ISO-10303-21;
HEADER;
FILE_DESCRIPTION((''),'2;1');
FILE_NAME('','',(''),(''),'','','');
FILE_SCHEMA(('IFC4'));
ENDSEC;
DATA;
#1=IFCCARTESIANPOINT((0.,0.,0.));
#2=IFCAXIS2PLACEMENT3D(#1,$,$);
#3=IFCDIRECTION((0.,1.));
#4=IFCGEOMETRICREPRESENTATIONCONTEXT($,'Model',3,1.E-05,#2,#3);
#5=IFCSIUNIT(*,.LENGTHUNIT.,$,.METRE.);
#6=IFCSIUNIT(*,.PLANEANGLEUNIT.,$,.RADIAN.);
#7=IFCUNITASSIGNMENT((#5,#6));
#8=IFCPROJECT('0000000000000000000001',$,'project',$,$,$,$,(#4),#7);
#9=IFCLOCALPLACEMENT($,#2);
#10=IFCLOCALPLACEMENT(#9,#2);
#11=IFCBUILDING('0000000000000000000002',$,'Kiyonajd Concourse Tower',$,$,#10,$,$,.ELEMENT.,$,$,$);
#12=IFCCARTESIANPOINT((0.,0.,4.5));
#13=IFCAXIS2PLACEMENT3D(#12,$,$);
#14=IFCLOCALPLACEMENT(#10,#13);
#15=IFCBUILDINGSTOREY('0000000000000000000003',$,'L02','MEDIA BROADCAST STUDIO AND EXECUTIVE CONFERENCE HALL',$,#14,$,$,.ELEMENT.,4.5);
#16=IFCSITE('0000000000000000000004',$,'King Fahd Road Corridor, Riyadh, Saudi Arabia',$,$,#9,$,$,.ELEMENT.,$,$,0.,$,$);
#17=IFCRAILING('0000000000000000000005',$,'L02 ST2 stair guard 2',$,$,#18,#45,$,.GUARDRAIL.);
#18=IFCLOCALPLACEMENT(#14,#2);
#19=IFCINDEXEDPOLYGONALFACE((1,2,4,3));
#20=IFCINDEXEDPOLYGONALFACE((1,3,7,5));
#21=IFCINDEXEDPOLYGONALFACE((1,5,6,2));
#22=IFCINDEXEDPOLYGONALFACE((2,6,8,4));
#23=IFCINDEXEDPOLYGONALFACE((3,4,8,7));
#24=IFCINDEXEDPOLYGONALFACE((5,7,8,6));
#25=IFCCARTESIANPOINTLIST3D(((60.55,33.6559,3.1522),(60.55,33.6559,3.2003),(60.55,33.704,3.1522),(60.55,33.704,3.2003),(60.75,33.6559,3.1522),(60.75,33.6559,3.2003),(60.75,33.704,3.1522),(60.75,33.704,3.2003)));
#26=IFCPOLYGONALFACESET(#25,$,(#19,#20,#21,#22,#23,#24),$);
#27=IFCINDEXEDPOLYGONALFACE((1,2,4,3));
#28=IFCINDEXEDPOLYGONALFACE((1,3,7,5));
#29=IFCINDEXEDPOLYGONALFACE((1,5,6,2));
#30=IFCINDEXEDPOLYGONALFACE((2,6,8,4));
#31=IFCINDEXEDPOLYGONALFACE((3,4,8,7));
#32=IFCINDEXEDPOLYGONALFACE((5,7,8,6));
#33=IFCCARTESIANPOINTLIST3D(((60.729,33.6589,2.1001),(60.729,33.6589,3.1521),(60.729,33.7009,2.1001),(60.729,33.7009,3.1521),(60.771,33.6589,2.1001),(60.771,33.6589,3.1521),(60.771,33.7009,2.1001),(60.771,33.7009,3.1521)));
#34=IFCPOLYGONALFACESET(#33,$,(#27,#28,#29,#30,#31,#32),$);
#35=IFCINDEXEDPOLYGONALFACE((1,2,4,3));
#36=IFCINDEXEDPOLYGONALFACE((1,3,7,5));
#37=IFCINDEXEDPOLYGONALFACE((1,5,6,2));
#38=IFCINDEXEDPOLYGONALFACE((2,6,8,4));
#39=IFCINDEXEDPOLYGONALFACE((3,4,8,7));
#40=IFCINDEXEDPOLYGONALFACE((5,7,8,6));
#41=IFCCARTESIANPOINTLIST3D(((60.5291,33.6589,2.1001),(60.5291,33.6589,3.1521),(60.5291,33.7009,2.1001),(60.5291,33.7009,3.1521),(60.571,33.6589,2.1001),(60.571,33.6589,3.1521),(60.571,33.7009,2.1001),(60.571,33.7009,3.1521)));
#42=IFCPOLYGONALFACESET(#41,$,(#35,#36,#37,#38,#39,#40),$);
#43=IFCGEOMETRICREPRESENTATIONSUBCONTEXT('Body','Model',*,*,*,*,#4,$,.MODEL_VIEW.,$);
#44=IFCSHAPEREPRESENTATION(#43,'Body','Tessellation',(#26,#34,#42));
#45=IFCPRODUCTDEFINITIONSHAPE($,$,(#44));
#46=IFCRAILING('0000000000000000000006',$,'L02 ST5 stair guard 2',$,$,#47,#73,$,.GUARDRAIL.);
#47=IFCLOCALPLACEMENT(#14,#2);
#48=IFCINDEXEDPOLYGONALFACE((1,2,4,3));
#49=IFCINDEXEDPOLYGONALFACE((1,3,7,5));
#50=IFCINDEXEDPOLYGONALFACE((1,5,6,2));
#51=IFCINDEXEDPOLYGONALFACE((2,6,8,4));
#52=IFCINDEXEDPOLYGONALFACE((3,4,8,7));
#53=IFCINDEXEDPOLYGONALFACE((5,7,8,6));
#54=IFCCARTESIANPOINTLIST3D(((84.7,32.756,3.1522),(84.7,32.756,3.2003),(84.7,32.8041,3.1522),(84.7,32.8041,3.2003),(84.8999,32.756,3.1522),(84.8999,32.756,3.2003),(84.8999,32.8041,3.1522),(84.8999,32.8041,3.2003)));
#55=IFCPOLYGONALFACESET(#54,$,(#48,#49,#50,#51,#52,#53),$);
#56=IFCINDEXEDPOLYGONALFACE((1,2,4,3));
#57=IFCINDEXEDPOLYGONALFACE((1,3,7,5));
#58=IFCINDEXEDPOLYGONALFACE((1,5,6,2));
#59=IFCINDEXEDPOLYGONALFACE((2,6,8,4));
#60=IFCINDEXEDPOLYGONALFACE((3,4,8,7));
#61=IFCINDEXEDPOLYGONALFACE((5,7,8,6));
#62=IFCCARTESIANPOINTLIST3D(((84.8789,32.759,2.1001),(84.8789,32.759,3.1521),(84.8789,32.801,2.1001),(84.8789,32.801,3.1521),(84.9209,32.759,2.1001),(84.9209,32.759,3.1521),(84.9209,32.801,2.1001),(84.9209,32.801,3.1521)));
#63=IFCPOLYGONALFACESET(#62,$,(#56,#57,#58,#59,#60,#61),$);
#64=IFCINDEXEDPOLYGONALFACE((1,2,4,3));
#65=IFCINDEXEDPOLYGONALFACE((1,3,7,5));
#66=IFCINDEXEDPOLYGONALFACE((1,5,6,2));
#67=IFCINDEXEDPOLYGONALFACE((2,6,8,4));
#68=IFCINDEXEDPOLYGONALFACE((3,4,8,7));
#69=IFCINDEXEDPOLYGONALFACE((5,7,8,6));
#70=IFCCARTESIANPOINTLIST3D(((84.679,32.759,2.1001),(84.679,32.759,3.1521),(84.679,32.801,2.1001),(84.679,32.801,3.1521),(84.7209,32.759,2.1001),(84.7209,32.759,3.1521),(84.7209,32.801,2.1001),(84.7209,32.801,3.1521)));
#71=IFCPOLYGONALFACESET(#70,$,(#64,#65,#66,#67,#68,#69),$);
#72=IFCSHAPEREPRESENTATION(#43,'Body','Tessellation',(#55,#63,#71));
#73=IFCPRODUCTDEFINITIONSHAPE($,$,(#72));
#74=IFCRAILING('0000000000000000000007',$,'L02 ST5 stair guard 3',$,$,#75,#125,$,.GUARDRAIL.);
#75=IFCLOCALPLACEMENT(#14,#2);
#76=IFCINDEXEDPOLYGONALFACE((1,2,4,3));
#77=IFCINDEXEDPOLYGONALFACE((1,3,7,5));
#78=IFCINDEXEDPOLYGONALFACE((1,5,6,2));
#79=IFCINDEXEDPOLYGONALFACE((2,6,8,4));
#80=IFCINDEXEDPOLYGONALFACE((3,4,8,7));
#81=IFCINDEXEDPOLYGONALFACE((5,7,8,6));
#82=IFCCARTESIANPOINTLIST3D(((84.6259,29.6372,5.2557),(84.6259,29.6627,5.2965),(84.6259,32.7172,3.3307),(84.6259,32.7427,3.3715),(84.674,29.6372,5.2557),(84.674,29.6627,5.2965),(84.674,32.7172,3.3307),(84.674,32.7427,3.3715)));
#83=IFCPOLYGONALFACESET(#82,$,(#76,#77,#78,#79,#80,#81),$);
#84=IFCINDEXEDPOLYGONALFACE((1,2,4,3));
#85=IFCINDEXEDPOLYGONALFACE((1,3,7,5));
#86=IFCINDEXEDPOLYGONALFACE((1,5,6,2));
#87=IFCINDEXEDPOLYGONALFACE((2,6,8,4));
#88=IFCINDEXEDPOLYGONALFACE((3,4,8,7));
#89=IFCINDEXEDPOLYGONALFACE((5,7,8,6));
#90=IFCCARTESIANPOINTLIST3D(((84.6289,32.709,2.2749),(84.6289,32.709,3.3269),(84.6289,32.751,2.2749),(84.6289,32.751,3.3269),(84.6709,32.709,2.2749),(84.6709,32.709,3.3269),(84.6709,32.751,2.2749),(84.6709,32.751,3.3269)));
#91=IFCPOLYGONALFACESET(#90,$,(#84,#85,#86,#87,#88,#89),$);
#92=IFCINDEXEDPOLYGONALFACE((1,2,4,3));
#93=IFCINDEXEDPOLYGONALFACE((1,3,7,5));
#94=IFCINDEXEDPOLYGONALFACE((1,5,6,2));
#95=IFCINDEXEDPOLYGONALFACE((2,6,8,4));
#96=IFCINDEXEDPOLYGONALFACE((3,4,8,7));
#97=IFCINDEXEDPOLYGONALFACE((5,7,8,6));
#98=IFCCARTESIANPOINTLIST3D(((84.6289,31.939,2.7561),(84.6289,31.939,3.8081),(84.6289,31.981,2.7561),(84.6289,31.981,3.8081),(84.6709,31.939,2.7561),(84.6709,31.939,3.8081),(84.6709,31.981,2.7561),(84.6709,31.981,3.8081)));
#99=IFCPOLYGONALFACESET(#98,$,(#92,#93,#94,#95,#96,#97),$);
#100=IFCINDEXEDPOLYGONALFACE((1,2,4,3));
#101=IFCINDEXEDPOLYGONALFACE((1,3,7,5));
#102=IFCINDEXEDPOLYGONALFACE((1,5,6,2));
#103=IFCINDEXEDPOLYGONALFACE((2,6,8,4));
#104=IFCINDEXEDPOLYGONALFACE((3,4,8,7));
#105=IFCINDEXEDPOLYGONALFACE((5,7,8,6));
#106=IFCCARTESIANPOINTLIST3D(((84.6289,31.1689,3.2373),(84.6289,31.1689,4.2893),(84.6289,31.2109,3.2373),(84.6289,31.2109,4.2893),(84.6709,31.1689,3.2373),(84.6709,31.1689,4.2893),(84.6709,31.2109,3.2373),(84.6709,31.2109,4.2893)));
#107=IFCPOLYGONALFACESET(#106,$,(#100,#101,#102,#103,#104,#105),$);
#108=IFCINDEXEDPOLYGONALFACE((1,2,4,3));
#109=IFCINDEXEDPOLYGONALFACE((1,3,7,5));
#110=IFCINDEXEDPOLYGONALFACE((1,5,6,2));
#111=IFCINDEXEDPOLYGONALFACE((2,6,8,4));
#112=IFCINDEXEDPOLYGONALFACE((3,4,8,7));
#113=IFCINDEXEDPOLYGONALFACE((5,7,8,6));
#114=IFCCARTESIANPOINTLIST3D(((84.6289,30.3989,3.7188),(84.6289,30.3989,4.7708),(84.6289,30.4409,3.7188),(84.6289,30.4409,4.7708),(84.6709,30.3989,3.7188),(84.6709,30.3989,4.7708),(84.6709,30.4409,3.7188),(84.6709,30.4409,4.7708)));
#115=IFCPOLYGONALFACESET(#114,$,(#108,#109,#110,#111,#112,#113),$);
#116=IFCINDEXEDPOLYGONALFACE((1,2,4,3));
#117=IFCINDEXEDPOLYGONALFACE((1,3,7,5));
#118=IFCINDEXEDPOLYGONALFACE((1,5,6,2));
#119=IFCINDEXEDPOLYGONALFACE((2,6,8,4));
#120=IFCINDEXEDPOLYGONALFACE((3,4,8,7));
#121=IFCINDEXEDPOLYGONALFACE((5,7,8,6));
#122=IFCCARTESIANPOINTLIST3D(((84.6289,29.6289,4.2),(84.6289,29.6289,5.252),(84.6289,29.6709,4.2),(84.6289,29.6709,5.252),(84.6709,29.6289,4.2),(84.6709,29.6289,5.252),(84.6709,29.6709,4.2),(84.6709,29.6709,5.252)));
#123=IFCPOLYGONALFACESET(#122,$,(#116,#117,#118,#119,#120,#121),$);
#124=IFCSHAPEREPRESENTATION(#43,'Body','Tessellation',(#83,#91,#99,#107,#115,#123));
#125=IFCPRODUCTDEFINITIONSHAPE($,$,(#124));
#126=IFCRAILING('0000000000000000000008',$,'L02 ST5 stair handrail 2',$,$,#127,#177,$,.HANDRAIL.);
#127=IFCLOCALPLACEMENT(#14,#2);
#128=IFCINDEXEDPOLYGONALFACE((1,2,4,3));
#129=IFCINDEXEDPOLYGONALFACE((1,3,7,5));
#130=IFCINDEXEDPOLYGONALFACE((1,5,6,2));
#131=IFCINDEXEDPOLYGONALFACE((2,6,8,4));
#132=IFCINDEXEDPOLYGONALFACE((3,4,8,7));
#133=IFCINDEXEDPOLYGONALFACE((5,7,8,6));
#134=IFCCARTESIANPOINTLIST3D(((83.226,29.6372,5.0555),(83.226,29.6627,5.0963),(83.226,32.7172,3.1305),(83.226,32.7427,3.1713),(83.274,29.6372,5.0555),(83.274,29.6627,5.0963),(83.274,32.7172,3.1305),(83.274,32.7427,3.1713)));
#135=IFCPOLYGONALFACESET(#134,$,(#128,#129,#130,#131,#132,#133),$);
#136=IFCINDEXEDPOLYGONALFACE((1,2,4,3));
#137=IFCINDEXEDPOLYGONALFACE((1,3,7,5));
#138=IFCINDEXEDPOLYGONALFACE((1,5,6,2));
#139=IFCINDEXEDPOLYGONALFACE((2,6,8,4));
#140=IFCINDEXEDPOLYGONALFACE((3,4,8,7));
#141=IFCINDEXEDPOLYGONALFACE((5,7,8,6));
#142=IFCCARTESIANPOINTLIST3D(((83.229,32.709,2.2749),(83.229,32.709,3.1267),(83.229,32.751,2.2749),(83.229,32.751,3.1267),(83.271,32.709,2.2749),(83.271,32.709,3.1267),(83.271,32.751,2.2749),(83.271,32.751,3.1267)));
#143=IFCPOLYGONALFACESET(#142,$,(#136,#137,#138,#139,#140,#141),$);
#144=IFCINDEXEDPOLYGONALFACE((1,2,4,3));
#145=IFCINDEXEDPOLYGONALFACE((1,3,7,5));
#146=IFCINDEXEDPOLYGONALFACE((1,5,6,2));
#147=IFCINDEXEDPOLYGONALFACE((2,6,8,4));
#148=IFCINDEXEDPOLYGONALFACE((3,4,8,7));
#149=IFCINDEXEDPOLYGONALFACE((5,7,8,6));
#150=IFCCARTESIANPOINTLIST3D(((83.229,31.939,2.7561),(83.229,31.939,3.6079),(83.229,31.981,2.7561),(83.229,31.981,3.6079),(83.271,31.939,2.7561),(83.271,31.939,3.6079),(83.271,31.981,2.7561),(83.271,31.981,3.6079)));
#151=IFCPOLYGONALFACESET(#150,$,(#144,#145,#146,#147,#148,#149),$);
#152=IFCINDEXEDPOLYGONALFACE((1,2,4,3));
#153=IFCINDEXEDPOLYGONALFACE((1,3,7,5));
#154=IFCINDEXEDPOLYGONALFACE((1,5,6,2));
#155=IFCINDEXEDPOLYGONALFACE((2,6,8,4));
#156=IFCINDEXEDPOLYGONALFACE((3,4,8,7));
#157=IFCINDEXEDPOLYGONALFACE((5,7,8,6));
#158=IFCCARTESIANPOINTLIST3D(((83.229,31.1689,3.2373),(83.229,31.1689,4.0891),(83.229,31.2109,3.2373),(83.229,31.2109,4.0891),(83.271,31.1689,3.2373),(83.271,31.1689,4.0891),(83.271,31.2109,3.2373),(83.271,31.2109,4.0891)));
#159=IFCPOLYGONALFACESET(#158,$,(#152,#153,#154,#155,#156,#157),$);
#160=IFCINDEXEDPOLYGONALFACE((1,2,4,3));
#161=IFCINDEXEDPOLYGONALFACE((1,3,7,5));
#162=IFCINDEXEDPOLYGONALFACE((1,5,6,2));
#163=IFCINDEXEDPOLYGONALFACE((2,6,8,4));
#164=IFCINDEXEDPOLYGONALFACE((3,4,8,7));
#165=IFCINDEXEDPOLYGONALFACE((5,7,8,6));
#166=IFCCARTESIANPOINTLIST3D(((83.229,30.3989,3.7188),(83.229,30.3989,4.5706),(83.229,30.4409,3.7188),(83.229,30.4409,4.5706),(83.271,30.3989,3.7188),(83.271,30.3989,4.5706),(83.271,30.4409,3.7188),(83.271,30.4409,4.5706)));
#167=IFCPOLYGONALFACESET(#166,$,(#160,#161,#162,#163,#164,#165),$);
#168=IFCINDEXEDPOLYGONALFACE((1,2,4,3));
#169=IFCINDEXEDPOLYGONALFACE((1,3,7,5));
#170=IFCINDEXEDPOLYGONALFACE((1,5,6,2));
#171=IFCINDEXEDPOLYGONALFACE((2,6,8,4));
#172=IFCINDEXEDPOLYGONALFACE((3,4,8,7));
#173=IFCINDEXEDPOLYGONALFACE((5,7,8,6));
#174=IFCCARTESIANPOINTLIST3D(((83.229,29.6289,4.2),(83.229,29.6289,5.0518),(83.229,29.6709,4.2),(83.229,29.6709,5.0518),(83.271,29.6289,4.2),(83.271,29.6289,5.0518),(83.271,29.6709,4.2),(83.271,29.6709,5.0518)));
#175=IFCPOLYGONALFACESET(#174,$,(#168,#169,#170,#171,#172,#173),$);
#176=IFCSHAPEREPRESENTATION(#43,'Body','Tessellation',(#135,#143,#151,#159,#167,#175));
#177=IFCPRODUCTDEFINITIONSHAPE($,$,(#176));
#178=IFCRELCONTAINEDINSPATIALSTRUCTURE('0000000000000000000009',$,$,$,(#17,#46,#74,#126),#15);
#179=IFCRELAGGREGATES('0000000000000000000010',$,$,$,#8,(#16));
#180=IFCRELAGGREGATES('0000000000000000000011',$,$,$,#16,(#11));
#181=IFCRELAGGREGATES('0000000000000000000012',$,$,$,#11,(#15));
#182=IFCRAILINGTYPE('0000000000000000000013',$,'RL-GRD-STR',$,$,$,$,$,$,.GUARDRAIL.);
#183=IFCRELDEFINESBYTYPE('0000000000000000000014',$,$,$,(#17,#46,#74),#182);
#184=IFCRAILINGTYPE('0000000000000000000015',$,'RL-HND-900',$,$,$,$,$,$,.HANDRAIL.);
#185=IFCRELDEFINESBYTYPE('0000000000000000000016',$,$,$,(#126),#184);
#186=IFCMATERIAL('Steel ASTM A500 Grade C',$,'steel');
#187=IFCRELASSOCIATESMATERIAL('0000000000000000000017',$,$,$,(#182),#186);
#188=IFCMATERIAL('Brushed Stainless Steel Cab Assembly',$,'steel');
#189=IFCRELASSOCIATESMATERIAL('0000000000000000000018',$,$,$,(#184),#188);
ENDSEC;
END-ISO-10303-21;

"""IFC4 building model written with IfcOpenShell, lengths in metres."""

from ifc_helpers import new_model, si_unit, direction, frame, origin, origin_2d, place, context, subcontext, project, spatial, rectangle, extrude, material, type_object, element, save


model = new_model("IFC4")

# Units and contexts
model_context = context("Model", 3, precision=1e-05, world=origin(), true_north=direction((0.0, 1.0)))
body_context = subcontext(model_context, "Body", "Model", "MODEL_VIEW")
ifc_project = project(units=[si_unit("LENGTHUNIT", "METRE"), si_unit("PLANEANGLEUNIT", "RADIAN")], contexts=[model_context])

# Site, building, storey
site_placement = place(None, origin())
site = spatial("IfcSite", under=ifc_project, at=site_placement, Name="King Fahd Road Corridor, Riyadh, Saudi Arabia", CompositionType="ELEMENT", RefElevation=0.0)
building_placement = place(site_placement, origin())
building = spatial("IfcBuilding", under=site, at=building_placement, Name="Kiyonajd Concourse Tower", CompositionType="ELEMENT")
storey_placement = place(building_placement, frame((0.0, 0.0, 4.5)))
storey = spatial("IfcBuildingStorey", under=building, at=storey_placement, Name="L02", Description="MEDIA BROADCAST STUDIO AND EXECUTIVE CONFERENCE HALL", CompositionType="ELEMENT", Elevation=4.5)

# Railings
ifc_material_1 = material(Name="Steel ASTM A500 Grade C", Category="steel")
railing_type_1 = type_object("IfcRailingType", Name="RL-GRD-STR", PredefinedType="GUARDRAIL", material=ifc_material_1)
for number, where, name in (
    (1, (60.75, 33.6799, 2.1001), "L02 ST2 stair guard 2"),
    (2, (84.8999, 32.78, 2.1001), "L02 ST5 stair guard 2"),
):
    element("IfcRailing", number, at=place(storey_placement, frame(where)), inside=storey, type_object=railing_type_1, Name=name, PredefinedType="GUARDRAIL", context=body_context, shape_type="SweptSolid", body=[
        extrude(rectangle(XDim=0.0481, YDim=0.0481, at=origin_2d()), frame((0.0, 0.0, 1.0762), z_axis=(-1.0, 0.0, 0.0), x_axis=(0.0, -1.0, 0.0)), (0.0, 0.0, 1.0), 0.2),
        extrude(rectangle(XDim=0.042, YDim=0.042, at=origin_2d()), origin(), (0.0, 0.0, 1.0), 1.052),
        extrude(rectangle(XDim=0.042, YDim=0.042, at=origin_2d()), frame((-0.2, 0.0, 0.0)), (0.0, 0.0, 1.0), 1.052),
    ])
railing_1_placement = place(storey_placement, frame((84.6499, 32.73, 2.2749)))
element("IfcRailing", 3, at=railing_1_placement, inside=storey, type_object=railing_type_1, Name="L02 ST5 stair guard 3", PredefinedType="GUARDRAIL", context=body_context, shape_type="SweptSolid", body=[
    extrude(rectangle(XDim=0.0481, YDim=0.0481, at=origin_2d()), frame((0.0, 0.0, 1.0762), z_axis=(0.0, -0.847998, 0.529999), x_axis=(1.0, 0.0, 0.0)), (0.0, 0.0, 1.0), 3.6321),
    extrude(rectangle(XDim=0.042, YDim=0.042, at=origin_2d()), origin(), (0.0, 0.0, 1.0), 1.052),
    extrude(rectangle(XDim=0.042, YDim=0.042, at=origin_2d()), frame((0.0, -0.77, 0.4812)), (0.0, 0.0, 1.0), 1.052),
    extrude(rectangle(XDim=0.042, YDim=0.042, at=origin_2d()), frame((0.0, -1.54, 0.9624)), (0.0, 0.0, 1.0), 1.052),
    extrude(rectangle(XDim=0.042, YDim=0.042, at=origin_2d()), frame((0.0, -2.3101, 1.4438)), (0.0, 0.0, 1.0), 1.052),
    extrude(rectangle(XDim=0.042, YDim=0.042, at=origin_2d()), frame((0.0, -3.0801, 1.925)), (0.0, 0.0, 1.0), 1.052),
])
ifc_material_2 = material(Name="Brushed Stainless Steel Cab Assembly", Category="steel")
railing_type_2 = type_object("IfcRailingType", Name="RL-HND-900", PredefinedType="HANDRAIL", material=ifc_material_2)
railing_2_placement = place(storey_placement, frame((83.25, 32.73, 2.2749)))
element("IfcRailing", 4, at=railing_2_placement, inside=storey, type_object=railing_type_2, Name="L02 ST5 stair handrail 2", PredefinedType="HANDRAIL", context=body_context, shape_type="SweptSolid", body=[
    extrude(rectangle(XDim=0.0481, YDim=0.0481, at=origin_2d()), frame((0.0, 0.0, 0.876), z_axis=(0.0, -0.847998, 0.529999), x_axis=(1.0, 0.0, 0.0)), (0.0, 0.0, 1.0), 3.6321),
    extrude(rectangle(XDim=0.042, YDim=0.042, at=origin_2d()), origin(), (0.0, 0.0, 1.0), 0.8518),
    extrude(rectangle(XDim=0.042, YDim=0.042, at=origin_2d()), frame((0.0, -0.77, 0.4812)), (0.0, 0.0, 1.0), 0.8518),
    extrude(rectangle(XDim=0.042, YDim=0.042, at=origin_2d()), frame((0.0, -1.54, 0.9624)), (0.0, 0.0, 1.0), 0.8518),
    extrude(rectangle(XDim=0.042, YDim=0.042, at=origin_2d()), frame((0.0, -2.3101, 1.4438)), (0.0, 0.0, 1.0), 0.8518),
    extrude(rectangle(XDim=0.042, YDim=0.042, at=origin_2d()), frame((0.0, -3.0801, 1.925)), (0.0, 0.0, 1.0), 0.8518),
])

save(model, "model.ifc")
